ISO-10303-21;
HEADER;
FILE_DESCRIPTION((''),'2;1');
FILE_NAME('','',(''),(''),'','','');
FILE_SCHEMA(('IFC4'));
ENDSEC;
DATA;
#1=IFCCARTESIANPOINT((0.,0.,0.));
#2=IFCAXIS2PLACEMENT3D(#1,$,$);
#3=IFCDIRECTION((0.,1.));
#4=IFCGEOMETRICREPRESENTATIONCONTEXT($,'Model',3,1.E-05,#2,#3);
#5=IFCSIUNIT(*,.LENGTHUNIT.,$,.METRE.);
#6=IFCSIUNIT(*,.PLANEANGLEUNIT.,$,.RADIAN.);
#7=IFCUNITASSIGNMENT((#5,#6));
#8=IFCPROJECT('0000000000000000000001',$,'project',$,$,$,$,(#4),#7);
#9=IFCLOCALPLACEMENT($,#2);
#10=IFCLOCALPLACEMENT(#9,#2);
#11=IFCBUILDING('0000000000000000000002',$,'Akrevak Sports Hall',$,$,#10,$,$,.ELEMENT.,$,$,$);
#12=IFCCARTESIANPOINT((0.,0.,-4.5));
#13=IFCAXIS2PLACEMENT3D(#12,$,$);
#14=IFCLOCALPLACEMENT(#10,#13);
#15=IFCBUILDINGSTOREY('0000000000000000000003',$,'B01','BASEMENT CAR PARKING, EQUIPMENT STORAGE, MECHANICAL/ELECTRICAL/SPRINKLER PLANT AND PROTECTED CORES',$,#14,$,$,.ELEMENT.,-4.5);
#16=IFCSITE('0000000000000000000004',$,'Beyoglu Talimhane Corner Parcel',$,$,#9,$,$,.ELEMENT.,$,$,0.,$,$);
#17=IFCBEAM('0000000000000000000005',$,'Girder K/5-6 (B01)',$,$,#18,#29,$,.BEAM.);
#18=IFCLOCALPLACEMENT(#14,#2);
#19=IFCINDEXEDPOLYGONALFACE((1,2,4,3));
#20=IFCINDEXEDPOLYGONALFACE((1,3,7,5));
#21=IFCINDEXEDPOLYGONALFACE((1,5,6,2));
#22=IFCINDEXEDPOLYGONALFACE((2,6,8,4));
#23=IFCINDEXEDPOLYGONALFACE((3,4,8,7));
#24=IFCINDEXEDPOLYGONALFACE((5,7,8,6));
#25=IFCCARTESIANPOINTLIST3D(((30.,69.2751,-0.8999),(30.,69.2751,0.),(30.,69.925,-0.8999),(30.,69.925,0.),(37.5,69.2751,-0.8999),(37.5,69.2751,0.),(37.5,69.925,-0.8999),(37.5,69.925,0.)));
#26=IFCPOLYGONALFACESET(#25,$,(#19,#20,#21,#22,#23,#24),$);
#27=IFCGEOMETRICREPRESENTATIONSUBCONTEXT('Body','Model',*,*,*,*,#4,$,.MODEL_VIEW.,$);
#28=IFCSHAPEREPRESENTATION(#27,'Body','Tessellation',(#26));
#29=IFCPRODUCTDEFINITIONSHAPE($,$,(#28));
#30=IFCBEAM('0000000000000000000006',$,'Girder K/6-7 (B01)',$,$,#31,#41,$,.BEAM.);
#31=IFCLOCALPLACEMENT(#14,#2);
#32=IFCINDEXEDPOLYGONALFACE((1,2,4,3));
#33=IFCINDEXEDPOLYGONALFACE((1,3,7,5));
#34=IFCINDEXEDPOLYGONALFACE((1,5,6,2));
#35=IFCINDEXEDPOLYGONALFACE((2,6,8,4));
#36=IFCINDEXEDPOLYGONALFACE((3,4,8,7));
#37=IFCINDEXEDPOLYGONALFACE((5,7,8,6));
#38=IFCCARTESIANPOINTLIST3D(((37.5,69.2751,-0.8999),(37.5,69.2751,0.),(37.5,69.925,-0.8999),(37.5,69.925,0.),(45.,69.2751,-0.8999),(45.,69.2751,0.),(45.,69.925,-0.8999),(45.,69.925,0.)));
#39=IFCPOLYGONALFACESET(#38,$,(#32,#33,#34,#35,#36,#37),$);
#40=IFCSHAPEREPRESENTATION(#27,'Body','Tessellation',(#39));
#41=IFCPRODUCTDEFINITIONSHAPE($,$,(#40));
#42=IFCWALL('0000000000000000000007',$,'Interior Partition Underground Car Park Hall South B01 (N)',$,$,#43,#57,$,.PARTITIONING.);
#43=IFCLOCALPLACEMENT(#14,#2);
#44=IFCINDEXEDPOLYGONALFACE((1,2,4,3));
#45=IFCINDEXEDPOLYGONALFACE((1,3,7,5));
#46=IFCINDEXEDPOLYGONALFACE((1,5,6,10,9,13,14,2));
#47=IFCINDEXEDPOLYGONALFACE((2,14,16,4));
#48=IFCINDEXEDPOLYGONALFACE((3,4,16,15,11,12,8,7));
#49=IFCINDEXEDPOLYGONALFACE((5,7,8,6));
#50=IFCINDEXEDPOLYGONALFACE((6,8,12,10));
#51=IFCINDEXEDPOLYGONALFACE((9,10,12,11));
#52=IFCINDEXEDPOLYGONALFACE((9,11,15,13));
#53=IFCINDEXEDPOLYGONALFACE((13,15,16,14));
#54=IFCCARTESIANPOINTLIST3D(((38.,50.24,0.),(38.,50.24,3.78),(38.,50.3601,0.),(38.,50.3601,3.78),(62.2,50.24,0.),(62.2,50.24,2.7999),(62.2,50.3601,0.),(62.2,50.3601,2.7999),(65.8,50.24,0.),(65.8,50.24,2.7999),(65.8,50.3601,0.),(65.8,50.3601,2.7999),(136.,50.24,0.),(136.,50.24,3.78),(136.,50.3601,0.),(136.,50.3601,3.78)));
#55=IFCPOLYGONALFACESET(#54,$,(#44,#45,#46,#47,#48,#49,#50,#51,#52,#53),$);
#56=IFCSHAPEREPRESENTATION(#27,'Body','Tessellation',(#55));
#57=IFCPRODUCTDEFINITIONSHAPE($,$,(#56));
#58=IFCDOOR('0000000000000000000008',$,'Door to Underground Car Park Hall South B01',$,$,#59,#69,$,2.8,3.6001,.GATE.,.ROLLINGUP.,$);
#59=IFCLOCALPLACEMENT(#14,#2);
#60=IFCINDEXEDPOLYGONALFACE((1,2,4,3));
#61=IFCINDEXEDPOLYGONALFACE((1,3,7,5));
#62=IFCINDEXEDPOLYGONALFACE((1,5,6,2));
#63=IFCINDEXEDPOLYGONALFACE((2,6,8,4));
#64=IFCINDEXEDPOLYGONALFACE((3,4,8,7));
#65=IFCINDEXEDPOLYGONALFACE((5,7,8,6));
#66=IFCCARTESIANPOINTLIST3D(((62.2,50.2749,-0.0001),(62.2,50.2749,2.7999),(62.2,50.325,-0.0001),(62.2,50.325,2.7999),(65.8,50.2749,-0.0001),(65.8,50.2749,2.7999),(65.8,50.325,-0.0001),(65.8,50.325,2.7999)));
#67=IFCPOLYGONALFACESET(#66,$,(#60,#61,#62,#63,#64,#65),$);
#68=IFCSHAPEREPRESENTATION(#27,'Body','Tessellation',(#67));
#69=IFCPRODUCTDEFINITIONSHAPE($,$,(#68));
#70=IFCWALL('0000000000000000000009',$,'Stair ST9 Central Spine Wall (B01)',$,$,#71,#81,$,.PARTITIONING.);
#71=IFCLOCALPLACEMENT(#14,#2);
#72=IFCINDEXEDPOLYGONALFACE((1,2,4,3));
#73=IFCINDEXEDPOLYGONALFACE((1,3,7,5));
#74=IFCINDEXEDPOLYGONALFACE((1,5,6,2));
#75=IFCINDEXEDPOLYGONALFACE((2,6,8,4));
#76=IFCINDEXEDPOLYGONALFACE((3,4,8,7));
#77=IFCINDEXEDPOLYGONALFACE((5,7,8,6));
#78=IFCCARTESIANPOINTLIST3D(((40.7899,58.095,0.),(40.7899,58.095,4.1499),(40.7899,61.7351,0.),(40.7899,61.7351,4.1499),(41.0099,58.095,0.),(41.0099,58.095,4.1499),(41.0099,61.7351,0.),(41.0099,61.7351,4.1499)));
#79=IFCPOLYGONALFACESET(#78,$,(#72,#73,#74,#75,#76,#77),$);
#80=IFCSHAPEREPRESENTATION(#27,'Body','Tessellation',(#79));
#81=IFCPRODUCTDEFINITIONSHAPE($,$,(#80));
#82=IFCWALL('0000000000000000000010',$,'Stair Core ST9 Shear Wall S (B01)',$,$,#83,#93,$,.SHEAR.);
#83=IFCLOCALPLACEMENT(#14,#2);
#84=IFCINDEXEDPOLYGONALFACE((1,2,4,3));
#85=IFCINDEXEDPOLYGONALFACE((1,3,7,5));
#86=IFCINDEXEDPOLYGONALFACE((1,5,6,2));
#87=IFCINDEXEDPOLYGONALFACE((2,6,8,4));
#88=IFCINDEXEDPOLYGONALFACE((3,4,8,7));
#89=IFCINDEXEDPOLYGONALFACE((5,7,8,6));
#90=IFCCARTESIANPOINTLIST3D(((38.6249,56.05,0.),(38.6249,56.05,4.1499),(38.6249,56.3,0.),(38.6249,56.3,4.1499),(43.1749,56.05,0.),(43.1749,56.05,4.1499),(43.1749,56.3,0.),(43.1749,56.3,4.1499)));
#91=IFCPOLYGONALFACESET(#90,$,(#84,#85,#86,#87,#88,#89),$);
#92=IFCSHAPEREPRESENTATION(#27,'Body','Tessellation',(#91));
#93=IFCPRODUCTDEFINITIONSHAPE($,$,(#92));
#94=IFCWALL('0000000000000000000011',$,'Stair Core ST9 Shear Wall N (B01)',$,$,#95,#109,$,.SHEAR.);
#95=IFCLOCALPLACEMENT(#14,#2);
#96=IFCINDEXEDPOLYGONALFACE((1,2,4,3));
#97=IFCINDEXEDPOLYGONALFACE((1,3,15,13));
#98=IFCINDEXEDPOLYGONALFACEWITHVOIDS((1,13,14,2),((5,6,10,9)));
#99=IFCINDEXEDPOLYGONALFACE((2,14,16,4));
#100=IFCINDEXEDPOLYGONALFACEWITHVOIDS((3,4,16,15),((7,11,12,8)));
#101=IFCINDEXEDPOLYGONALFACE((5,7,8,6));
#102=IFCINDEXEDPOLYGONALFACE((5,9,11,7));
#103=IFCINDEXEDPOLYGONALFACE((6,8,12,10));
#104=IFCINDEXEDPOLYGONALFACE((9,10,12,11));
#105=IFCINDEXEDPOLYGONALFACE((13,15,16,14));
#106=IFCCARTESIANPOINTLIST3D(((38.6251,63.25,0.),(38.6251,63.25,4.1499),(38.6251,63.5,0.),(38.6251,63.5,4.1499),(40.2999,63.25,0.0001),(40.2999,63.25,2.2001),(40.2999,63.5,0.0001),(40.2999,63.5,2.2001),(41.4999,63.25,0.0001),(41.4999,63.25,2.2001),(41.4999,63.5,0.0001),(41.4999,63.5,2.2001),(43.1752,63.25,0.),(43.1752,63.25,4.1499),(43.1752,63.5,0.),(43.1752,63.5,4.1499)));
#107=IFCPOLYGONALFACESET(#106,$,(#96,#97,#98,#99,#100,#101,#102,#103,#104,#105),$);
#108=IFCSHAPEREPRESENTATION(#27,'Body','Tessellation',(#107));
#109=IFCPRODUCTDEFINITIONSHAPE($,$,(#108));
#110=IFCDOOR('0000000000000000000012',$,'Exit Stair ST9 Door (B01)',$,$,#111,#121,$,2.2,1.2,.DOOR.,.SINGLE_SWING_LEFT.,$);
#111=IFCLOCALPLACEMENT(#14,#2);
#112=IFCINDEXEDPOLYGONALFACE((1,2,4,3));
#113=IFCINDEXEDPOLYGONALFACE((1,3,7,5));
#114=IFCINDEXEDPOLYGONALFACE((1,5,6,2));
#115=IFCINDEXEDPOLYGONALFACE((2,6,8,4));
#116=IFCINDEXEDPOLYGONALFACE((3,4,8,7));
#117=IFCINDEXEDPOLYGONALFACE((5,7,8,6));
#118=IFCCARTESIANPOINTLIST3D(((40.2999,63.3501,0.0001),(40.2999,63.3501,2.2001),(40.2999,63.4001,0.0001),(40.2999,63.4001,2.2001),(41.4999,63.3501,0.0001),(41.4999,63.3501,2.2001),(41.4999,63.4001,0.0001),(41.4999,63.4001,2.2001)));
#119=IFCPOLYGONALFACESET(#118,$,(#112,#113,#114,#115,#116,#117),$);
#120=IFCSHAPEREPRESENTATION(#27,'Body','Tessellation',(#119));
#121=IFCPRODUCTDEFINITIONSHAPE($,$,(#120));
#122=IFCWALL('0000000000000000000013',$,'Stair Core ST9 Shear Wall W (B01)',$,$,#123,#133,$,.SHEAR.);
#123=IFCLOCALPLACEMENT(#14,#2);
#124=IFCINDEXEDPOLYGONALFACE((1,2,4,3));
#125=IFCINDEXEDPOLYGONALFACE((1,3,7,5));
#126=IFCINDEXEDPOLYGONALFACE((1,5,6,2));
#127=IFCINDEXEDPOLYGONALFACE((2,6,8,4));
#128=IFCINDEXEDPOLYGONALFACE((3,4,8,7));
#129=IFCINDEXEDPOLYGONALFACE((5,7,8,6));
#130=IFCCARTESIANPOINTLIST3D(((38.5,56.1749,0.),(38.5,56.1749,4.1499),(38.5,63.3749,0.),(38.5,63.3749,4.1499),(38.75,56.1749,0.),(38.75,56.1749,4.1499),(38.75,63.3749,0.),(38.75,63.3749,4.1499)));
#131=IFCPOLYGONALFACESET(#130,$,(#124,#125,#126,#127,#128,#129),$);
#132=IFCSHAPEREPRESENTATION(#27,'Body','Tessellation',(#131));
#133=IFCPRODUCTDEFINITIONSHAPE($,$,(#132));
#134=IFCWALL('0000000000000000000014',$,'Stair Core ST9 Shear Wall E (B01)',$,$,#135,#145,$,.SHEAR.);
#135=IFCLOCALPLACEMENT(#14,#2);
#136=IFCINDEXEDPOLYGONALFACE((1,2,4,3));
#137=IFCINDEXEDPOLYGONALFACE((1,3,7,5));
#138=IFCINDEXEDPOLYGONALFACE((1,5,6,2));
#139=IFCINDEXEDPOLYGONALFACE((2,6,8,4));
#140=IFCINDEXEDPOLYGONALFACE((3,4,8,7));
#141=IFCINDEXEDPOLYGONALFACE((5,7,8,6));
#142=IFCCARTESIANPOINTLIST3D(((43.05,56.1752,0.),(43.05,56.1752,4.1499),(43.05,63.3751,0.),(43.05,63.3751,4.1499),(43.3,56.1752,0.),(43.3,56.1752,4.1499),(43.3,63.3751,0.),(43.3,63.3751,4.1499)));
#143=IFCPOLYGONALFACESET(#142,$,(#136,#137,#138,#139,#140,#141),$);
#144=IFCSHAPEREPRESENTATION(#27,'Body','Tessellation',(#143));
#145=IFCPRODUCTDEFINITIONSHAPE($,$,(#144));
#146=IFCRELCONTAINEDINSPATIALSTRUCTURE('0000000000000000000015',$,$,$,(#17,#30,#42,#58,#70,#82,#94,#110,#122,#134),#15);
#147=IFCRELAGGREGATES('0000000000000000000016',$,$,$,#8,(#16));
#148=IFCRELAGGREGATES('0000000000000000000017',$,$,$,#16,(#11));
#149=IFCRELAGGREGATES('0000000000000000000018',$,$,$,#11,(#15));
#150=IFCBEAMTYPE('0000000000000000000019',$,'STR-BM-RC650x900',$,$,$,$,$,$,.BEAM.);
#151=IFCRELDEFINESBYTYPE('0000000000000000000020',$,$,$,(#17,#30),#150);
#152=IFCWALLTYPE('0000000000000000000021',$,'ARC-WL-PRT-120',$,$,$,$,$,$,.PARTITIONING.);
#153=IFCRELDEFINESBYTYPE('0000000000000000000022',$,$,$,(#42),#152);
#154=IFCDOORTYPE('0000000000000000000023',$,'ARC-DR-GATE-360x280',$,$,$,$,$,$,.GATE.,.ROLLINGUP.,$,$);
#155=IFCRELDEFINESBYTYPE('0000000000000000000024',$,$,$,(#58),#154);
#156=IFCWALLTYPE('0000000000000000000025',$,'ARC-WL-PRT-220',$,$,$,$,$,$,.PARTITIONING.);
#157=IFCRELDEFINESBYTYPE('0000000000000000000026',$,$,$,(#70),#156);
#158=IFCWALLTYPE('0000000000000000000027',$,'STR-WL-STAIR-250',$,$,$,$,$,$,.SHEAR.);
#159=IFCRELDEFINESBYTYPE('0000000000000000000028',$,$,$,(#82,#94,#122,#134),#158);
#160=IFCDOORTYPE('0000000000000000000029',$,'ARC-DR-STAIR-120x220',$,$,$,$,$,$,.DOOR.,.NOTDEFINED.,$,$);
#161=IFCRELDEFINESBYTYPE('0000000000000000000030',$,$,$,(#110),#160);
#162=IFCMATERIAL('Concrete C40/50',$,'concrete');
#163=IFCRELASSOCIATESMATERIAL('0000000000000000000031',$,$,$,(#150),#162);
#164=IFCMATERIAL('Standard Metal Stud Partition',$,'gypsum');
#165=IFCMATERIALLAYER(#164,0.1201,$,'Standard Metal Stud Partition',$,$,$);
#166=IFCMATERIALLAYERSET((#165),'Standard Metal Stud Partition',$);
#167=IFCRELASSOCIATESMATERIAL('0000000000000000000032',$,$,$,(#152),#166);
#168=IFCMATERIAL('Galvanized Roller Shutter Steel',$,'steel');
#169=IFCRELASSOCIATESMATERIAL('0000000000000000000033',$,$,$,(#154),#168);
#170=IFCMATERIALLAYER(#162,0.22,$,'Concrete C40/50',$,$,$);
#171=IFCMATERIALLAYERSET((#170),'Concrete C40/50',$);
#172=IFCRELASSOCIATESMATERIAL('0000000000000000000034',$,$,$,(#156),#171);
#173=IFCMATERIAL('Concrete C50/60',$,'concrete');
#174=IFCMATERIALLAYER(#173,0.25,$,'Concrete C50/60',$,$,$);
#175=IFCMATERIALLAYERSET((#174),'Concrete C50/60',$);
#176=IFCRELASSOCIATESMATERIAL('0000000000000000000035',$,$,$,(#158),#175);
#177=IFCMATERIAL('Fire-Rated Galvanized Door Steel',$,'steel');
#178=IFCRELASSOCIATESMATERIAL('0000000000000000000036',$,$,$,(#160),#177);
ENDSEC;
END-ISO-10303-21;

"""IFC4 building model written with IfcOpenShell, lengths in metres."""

from ifc_helpers import new_model, si_unit, direction, frame, frame_2d, origin, origin_2d, place, context, subcontext, project, spatial, rectangle, extrude, material, layer, layer_set, material_profile, profile_set, type_object, element, fill, save


model = new_model("IFC4")

# Units and contexts
model_context = context("Model", 3, precision=1e-05, world=origin(), true_north=direction((0.0, 1.0)))
body_context = subcontext(model_context, "Body", "Model", "MODEL_VIEW")
ifc_project = project(units=[si_unit("LENGTHUNIT", "METRE"), si_unit("PLANEANGLEUNIT", "RADIAN")], contexts=[model_context])

# Site, building, storey
site_placement = place(None, origin())
site = spatial("IfcSite", under=ifc_project, at=site_placement, Name="Beyoglu Talimhane Corner Parcel", CompositionType="ELEMENT", RefElevation=0.0)
building_placement = place(site_placement, origin())
building = spatial("IfcBuilding", under=site, at=building_placement, Name="Akrevak Sports Hall", CompositionType="ELEMENT")
storey_placement = place(building_placement, frame((0.0, 0.0, -4.5)))
storey = spatial("IfcBuildingStorey", under=building, at=storey_placement, Name="B01", Description="BASEMENT CAR PARKING, EQUIPMENT STORAGE, MECHANICAL/ELECTRICAL/SPRINKLER PLANT AND PROTECTED CORES", CompositionType="ELEMENT", Elevation=-4.5)

# Shared definitions
ifc_material_1 = material(Name="Concrete C50/60", Category="concrete")
ifc_material_2 = material(Name="Concrete C40/50", Category="concrete")

# Beams
ifc_material_profile_1 = material_profile(ifc_material_2, rectangle(XDim=0.6499, YDim=0.8999, at=origin_2d()), Name="BM 650x900", Category="concrete")
ifc_profile_set_1 = profile_set([ifc_material_profile_1], Name="Concrete C40/50")
beam_type_1 = type_object("IfcBeamType", Name="STR-BM-RC650x900", PredefinedType="BEAM", material=ifc_profile_set_1)
for number, where, z_axis, x_axis, name in (
    (1, (30.0, 69.6001, -0.45), (1.0, 0.0, 0.0), (0.0, 1.0, 0.0), "Girder K/5-6 (B01)"),
    (2, (37.5, 69.6001, -0.45), (1.0, 0.0, 0.0), (0.0, 1.0, 0.0), "Girder K/6-7 (B01)"),
):
    element("IfcBeam", number, at=place(storey_placement, frame(where, z_axis=z_axis, x_axis=x_axis)), inside=storey, type_object=beam_type_1, Name=name, PredefinedType="BEAM", context=body_context, shape_type="SweptSolid", body=[
        extrude(rectangle(XDim=0.6499, YDim=0.8999, at=origin_2d()), origin(), (0.0, 0.0, 1.0), 7.5),
    ])

# Wall, opening, door
ifc_material_3 = material(Name="Standard Metal Stud Partition", Category="gypsum")
ifc_layer_1 = layer(ifc_material_3, 0.1201, Name="Standard Metal Stud Partition")
ifc_layer_set_1 = layer_set([ifc_layer_1], Name="Standard Metal Stud Partition")
wall_type_1 = type_object("IfcWallType", Name="ARC-WL-PRT-120", PredefinedType="PARTITIONING", material=ifc_layer_set_1)
wall_1_placement = place(storey_placement, frame((38.0, 50.3, 0.0), z_axis=(0.0, 0.0, 1.0), x_axis=(1.0, 0.0, 0.0)))
wall_1 = element("IfcWall", 3, at=wall_1_placement, inside=storey, type_object=wall_type_1, Name="Interior Partition Underground Car Park Hall South B01 (N)", PredefinedType="PARTITIONING", context=body_context, shape_type="SweptSolid", body=[
    extrude(rectangle(XDim=98.0, YDim=0.1201, at=frame_2d((49.0, 0.0))), origin(), (0.0, 0.0, 1.0), 3.78),
])
opening_1_placement = place(wall_1_placement, frame((24.2, 0.0, 0.0)))
opening_1 = element("IfcOpeningElement", 4, at=opening_1_placement, cuts=wall_1, PredefinedType="OPENING", context=body_context, shape_type="SweptSolid", body=[
    extrude(rectangle(XDim=3.6001, YDim=2.8, at=frame_2d((1.8, 1.3999))), frame((0.0, 0.072, 0.0), z_axis=(0.0, -1.0, 0.0), x_axis=(1.0, 0.0, 0.0)), (0.0, 0.0, 1.0), 0.144),
])
ifc_material_4 = material(Name="Galvanized Roller Shutter Steel", Category="steel")
door_type_1 = type_object("IfcDoorType", Name="ARC-DR-GATE-360x280", OperationType="ROLLINGUP", PredefinedType="GATE", material=ifc_material_4)
door_1_placement = place(opening_1_placement, origin())
door_1 = element("IfcDoor", 5, at=door_1_placement, inside=storey, type_object=door_type_1, Name="Door to Underground Car Park Hall South B01", OperationType="ROLLINGUP", OverallHeight=2.8, OverallWidth=3.6001, PredefinedType="GATE", context=body_context, shape_type="SweptSolid", body=[
    extrude(rectangle(XDim=3.6001, YDim=2.8, at=frame_2d((1.8, 1.3999))), frame((0.0, 0.0249, 0.0), z_axis=(0.0, -1.0, 0.0), x_axis=(1.0, 0.0, 0.0)), (0.0, 0.0, 1.0), 0.05),
])
fill(opening_1, door_1)

# Walls
ifc_layer_2 = layer(ifc_material_2, 0.22, Name="Concrete C40/50")
ifc_layer_set_2 = layer_set([ifc_layer_2], Name="Concrete C40/50")
wall_type_2 = type_object("IfcWallType", Name="ARC-WL-PRT-220", PredefinedType="PARTITIONING", material=ifc_layer_set_2)
wall_2_placement = place(storey_placement, frame((40.8999, 58.095, 0.0), z_axis=(0.0, 0.0, 1.0), x_axis=(0.0, 1.0, 0.0)))
element("IfcWall", 6, at=wall_2_placement, inside=storey, type_object=wall_type_2, Name="Stair ST9 Central Spine Wall (B01)", PredefinedType="PARTITIONING", context=body_context, shape_type="SweptSolid", body=[
    extrude(rectangle(XDim=3.6401, YDim=0.22, at=frame_2d((1.8201, 0.0))), origin(), (0.0, 0.0, 1.0), 4.1499),
])
ifc_layer_3 = layer(ifc_material_1, 0.25, Name="Concrete C50/60")
ifc_layer_set_3 = layer_set([ifc_layer_3], Name="Concrete C50/60")
wall_type_3 = type_object("IfcWallType", Name="STR-WL-STAIR-250", PredefinedType="SHEAR", material=ifc_layer_set_3)
wall_3_placement = place(storey_placement, frame((38.625, 56.175, 0.0), z_axis=(0.0, 0.0, 1.0), x_axis=(1.0, 0.0, 0.0)))
element("IfcWall", 7, at=wall_3_placement, inside=storey, type_object=wall_type_3, Name="Stair Core ST9 Shear Wall S (B01)", PredefinedType="SHEAR", context=body_context, shape_type="SweptSolid", body=[
    extrude(rectangle(XDim=4.55, YDim=0.25, at=frame_2d((2.2749, 0.0))), origin(), (0.0, 0.0, 1.0), 4.1499),
])

# Wall, opening, door
wall_4_placement = place(storey_placement, frame((43.175, 63.375, 0.0), z_axis=(0.0, 0.0, 1.0), x_axis=(-1.0, 0.0, 0.0)))
wall_4 = element("IfcWall", 8, at=wall_4_placement, inside=storey, type_object=wall_type_3, Name="Stair Core ST9 Shear Wall N (B01)", PredefinedType="SHEAR", context=body_context, shape_type="SweptSolid", body=[
    extrude(rectangle(XDim=4.55, YDim=0.25, at=frame_2d((2.2749, 0.0))), origin(), (0.0, 0.0, 1.0), 4.1499),
])
opening_2_placement = place(wall_4_placement, frame((1.675, 0.0, 0.0)))
opening_2 = element("IfcOpeningElement", 9, at=opening_2_placement, cuts=wall_4, PredefinedType="OPENING", context=body_context, shape_type="SweptSolid", body=[
    extrude(rectangle(XDim=1.2, YDim=2.2, at=frame_2d((0.6001, 1.1001))), frame((0.0, 0.137, 0.0), z_axis=(0.0, -1.0, 0.0), x_axis=(1.0, 0.0, 0.0)), (0.0, 0.0, 1.0), 0.2739),
])
ifc_material_5 = material(Name="Fire-Rated Galvanized Door Steel", Category="steel")
door_type_2 = type_object("IfcDoorType", Name="ARC-DR-STAIR-120x220", OperationType="NOTDEFINED", PredefinedType="DOOR", material=ifc_material_5)
door_2_placement = place(opening_2_placement, origin())
door_2 = element("IfcDoor", 10, at=door_2_placement, inside=storey, type_object=door_type_2, Name="Exit Stair ST9 Door (B01)", OperationType="SINGLE_SWING_LEFT", OverallHeight=2.2, OverallWidth=1.2, PredefinedType="DOOR", context=body_context, shape_type="SweptSolid", body=[
    extrude(rectangle(XDim=1.2, YDim=2.2, at=frame_2d((0.6001, 1.1001))), frame((0.0, 0.0249, 0.0), z_axis=(0.0, -1.0, 0.0), x_axis=(1.0, 0.0, 0.0)), (0.0, 0.0, 1.0), 0.05),
])
fill(opening_2, door_2)

# Walls
for number, where, z_axis, x_axis, name in (
    (11, (38.625, 63.375, 0.0), (0.0, 0.0, 1.0), (0.0, -1.0, 0.0), "Stair Core ST9 Shear Wall W (B01)"),
    (12, (43.175, 56.175, 0.0), (0.0, 0.0, 1.0), (0.0, 1.0, 0.0), "Stair Core ST9 Shear Wall E (B01)"),
):
    element("IfcWall", number, at=place(storey_placement, frame(where, z_axis=z_axis, x_axis=x_axis)), inside=storey, type_object=wall_type_3, Name=name, PredefinedType="SHEAR", context=body_context, shape_type="SweptSolid", body=[
        extrude(rectangle(XDim=7.2, YDim=0.25, at=frame_2d((3.6001, 0.0))), origin(), (0.0, 0.0, 1.0), 4.1499),
    ])

save(model, "model.ifc")
